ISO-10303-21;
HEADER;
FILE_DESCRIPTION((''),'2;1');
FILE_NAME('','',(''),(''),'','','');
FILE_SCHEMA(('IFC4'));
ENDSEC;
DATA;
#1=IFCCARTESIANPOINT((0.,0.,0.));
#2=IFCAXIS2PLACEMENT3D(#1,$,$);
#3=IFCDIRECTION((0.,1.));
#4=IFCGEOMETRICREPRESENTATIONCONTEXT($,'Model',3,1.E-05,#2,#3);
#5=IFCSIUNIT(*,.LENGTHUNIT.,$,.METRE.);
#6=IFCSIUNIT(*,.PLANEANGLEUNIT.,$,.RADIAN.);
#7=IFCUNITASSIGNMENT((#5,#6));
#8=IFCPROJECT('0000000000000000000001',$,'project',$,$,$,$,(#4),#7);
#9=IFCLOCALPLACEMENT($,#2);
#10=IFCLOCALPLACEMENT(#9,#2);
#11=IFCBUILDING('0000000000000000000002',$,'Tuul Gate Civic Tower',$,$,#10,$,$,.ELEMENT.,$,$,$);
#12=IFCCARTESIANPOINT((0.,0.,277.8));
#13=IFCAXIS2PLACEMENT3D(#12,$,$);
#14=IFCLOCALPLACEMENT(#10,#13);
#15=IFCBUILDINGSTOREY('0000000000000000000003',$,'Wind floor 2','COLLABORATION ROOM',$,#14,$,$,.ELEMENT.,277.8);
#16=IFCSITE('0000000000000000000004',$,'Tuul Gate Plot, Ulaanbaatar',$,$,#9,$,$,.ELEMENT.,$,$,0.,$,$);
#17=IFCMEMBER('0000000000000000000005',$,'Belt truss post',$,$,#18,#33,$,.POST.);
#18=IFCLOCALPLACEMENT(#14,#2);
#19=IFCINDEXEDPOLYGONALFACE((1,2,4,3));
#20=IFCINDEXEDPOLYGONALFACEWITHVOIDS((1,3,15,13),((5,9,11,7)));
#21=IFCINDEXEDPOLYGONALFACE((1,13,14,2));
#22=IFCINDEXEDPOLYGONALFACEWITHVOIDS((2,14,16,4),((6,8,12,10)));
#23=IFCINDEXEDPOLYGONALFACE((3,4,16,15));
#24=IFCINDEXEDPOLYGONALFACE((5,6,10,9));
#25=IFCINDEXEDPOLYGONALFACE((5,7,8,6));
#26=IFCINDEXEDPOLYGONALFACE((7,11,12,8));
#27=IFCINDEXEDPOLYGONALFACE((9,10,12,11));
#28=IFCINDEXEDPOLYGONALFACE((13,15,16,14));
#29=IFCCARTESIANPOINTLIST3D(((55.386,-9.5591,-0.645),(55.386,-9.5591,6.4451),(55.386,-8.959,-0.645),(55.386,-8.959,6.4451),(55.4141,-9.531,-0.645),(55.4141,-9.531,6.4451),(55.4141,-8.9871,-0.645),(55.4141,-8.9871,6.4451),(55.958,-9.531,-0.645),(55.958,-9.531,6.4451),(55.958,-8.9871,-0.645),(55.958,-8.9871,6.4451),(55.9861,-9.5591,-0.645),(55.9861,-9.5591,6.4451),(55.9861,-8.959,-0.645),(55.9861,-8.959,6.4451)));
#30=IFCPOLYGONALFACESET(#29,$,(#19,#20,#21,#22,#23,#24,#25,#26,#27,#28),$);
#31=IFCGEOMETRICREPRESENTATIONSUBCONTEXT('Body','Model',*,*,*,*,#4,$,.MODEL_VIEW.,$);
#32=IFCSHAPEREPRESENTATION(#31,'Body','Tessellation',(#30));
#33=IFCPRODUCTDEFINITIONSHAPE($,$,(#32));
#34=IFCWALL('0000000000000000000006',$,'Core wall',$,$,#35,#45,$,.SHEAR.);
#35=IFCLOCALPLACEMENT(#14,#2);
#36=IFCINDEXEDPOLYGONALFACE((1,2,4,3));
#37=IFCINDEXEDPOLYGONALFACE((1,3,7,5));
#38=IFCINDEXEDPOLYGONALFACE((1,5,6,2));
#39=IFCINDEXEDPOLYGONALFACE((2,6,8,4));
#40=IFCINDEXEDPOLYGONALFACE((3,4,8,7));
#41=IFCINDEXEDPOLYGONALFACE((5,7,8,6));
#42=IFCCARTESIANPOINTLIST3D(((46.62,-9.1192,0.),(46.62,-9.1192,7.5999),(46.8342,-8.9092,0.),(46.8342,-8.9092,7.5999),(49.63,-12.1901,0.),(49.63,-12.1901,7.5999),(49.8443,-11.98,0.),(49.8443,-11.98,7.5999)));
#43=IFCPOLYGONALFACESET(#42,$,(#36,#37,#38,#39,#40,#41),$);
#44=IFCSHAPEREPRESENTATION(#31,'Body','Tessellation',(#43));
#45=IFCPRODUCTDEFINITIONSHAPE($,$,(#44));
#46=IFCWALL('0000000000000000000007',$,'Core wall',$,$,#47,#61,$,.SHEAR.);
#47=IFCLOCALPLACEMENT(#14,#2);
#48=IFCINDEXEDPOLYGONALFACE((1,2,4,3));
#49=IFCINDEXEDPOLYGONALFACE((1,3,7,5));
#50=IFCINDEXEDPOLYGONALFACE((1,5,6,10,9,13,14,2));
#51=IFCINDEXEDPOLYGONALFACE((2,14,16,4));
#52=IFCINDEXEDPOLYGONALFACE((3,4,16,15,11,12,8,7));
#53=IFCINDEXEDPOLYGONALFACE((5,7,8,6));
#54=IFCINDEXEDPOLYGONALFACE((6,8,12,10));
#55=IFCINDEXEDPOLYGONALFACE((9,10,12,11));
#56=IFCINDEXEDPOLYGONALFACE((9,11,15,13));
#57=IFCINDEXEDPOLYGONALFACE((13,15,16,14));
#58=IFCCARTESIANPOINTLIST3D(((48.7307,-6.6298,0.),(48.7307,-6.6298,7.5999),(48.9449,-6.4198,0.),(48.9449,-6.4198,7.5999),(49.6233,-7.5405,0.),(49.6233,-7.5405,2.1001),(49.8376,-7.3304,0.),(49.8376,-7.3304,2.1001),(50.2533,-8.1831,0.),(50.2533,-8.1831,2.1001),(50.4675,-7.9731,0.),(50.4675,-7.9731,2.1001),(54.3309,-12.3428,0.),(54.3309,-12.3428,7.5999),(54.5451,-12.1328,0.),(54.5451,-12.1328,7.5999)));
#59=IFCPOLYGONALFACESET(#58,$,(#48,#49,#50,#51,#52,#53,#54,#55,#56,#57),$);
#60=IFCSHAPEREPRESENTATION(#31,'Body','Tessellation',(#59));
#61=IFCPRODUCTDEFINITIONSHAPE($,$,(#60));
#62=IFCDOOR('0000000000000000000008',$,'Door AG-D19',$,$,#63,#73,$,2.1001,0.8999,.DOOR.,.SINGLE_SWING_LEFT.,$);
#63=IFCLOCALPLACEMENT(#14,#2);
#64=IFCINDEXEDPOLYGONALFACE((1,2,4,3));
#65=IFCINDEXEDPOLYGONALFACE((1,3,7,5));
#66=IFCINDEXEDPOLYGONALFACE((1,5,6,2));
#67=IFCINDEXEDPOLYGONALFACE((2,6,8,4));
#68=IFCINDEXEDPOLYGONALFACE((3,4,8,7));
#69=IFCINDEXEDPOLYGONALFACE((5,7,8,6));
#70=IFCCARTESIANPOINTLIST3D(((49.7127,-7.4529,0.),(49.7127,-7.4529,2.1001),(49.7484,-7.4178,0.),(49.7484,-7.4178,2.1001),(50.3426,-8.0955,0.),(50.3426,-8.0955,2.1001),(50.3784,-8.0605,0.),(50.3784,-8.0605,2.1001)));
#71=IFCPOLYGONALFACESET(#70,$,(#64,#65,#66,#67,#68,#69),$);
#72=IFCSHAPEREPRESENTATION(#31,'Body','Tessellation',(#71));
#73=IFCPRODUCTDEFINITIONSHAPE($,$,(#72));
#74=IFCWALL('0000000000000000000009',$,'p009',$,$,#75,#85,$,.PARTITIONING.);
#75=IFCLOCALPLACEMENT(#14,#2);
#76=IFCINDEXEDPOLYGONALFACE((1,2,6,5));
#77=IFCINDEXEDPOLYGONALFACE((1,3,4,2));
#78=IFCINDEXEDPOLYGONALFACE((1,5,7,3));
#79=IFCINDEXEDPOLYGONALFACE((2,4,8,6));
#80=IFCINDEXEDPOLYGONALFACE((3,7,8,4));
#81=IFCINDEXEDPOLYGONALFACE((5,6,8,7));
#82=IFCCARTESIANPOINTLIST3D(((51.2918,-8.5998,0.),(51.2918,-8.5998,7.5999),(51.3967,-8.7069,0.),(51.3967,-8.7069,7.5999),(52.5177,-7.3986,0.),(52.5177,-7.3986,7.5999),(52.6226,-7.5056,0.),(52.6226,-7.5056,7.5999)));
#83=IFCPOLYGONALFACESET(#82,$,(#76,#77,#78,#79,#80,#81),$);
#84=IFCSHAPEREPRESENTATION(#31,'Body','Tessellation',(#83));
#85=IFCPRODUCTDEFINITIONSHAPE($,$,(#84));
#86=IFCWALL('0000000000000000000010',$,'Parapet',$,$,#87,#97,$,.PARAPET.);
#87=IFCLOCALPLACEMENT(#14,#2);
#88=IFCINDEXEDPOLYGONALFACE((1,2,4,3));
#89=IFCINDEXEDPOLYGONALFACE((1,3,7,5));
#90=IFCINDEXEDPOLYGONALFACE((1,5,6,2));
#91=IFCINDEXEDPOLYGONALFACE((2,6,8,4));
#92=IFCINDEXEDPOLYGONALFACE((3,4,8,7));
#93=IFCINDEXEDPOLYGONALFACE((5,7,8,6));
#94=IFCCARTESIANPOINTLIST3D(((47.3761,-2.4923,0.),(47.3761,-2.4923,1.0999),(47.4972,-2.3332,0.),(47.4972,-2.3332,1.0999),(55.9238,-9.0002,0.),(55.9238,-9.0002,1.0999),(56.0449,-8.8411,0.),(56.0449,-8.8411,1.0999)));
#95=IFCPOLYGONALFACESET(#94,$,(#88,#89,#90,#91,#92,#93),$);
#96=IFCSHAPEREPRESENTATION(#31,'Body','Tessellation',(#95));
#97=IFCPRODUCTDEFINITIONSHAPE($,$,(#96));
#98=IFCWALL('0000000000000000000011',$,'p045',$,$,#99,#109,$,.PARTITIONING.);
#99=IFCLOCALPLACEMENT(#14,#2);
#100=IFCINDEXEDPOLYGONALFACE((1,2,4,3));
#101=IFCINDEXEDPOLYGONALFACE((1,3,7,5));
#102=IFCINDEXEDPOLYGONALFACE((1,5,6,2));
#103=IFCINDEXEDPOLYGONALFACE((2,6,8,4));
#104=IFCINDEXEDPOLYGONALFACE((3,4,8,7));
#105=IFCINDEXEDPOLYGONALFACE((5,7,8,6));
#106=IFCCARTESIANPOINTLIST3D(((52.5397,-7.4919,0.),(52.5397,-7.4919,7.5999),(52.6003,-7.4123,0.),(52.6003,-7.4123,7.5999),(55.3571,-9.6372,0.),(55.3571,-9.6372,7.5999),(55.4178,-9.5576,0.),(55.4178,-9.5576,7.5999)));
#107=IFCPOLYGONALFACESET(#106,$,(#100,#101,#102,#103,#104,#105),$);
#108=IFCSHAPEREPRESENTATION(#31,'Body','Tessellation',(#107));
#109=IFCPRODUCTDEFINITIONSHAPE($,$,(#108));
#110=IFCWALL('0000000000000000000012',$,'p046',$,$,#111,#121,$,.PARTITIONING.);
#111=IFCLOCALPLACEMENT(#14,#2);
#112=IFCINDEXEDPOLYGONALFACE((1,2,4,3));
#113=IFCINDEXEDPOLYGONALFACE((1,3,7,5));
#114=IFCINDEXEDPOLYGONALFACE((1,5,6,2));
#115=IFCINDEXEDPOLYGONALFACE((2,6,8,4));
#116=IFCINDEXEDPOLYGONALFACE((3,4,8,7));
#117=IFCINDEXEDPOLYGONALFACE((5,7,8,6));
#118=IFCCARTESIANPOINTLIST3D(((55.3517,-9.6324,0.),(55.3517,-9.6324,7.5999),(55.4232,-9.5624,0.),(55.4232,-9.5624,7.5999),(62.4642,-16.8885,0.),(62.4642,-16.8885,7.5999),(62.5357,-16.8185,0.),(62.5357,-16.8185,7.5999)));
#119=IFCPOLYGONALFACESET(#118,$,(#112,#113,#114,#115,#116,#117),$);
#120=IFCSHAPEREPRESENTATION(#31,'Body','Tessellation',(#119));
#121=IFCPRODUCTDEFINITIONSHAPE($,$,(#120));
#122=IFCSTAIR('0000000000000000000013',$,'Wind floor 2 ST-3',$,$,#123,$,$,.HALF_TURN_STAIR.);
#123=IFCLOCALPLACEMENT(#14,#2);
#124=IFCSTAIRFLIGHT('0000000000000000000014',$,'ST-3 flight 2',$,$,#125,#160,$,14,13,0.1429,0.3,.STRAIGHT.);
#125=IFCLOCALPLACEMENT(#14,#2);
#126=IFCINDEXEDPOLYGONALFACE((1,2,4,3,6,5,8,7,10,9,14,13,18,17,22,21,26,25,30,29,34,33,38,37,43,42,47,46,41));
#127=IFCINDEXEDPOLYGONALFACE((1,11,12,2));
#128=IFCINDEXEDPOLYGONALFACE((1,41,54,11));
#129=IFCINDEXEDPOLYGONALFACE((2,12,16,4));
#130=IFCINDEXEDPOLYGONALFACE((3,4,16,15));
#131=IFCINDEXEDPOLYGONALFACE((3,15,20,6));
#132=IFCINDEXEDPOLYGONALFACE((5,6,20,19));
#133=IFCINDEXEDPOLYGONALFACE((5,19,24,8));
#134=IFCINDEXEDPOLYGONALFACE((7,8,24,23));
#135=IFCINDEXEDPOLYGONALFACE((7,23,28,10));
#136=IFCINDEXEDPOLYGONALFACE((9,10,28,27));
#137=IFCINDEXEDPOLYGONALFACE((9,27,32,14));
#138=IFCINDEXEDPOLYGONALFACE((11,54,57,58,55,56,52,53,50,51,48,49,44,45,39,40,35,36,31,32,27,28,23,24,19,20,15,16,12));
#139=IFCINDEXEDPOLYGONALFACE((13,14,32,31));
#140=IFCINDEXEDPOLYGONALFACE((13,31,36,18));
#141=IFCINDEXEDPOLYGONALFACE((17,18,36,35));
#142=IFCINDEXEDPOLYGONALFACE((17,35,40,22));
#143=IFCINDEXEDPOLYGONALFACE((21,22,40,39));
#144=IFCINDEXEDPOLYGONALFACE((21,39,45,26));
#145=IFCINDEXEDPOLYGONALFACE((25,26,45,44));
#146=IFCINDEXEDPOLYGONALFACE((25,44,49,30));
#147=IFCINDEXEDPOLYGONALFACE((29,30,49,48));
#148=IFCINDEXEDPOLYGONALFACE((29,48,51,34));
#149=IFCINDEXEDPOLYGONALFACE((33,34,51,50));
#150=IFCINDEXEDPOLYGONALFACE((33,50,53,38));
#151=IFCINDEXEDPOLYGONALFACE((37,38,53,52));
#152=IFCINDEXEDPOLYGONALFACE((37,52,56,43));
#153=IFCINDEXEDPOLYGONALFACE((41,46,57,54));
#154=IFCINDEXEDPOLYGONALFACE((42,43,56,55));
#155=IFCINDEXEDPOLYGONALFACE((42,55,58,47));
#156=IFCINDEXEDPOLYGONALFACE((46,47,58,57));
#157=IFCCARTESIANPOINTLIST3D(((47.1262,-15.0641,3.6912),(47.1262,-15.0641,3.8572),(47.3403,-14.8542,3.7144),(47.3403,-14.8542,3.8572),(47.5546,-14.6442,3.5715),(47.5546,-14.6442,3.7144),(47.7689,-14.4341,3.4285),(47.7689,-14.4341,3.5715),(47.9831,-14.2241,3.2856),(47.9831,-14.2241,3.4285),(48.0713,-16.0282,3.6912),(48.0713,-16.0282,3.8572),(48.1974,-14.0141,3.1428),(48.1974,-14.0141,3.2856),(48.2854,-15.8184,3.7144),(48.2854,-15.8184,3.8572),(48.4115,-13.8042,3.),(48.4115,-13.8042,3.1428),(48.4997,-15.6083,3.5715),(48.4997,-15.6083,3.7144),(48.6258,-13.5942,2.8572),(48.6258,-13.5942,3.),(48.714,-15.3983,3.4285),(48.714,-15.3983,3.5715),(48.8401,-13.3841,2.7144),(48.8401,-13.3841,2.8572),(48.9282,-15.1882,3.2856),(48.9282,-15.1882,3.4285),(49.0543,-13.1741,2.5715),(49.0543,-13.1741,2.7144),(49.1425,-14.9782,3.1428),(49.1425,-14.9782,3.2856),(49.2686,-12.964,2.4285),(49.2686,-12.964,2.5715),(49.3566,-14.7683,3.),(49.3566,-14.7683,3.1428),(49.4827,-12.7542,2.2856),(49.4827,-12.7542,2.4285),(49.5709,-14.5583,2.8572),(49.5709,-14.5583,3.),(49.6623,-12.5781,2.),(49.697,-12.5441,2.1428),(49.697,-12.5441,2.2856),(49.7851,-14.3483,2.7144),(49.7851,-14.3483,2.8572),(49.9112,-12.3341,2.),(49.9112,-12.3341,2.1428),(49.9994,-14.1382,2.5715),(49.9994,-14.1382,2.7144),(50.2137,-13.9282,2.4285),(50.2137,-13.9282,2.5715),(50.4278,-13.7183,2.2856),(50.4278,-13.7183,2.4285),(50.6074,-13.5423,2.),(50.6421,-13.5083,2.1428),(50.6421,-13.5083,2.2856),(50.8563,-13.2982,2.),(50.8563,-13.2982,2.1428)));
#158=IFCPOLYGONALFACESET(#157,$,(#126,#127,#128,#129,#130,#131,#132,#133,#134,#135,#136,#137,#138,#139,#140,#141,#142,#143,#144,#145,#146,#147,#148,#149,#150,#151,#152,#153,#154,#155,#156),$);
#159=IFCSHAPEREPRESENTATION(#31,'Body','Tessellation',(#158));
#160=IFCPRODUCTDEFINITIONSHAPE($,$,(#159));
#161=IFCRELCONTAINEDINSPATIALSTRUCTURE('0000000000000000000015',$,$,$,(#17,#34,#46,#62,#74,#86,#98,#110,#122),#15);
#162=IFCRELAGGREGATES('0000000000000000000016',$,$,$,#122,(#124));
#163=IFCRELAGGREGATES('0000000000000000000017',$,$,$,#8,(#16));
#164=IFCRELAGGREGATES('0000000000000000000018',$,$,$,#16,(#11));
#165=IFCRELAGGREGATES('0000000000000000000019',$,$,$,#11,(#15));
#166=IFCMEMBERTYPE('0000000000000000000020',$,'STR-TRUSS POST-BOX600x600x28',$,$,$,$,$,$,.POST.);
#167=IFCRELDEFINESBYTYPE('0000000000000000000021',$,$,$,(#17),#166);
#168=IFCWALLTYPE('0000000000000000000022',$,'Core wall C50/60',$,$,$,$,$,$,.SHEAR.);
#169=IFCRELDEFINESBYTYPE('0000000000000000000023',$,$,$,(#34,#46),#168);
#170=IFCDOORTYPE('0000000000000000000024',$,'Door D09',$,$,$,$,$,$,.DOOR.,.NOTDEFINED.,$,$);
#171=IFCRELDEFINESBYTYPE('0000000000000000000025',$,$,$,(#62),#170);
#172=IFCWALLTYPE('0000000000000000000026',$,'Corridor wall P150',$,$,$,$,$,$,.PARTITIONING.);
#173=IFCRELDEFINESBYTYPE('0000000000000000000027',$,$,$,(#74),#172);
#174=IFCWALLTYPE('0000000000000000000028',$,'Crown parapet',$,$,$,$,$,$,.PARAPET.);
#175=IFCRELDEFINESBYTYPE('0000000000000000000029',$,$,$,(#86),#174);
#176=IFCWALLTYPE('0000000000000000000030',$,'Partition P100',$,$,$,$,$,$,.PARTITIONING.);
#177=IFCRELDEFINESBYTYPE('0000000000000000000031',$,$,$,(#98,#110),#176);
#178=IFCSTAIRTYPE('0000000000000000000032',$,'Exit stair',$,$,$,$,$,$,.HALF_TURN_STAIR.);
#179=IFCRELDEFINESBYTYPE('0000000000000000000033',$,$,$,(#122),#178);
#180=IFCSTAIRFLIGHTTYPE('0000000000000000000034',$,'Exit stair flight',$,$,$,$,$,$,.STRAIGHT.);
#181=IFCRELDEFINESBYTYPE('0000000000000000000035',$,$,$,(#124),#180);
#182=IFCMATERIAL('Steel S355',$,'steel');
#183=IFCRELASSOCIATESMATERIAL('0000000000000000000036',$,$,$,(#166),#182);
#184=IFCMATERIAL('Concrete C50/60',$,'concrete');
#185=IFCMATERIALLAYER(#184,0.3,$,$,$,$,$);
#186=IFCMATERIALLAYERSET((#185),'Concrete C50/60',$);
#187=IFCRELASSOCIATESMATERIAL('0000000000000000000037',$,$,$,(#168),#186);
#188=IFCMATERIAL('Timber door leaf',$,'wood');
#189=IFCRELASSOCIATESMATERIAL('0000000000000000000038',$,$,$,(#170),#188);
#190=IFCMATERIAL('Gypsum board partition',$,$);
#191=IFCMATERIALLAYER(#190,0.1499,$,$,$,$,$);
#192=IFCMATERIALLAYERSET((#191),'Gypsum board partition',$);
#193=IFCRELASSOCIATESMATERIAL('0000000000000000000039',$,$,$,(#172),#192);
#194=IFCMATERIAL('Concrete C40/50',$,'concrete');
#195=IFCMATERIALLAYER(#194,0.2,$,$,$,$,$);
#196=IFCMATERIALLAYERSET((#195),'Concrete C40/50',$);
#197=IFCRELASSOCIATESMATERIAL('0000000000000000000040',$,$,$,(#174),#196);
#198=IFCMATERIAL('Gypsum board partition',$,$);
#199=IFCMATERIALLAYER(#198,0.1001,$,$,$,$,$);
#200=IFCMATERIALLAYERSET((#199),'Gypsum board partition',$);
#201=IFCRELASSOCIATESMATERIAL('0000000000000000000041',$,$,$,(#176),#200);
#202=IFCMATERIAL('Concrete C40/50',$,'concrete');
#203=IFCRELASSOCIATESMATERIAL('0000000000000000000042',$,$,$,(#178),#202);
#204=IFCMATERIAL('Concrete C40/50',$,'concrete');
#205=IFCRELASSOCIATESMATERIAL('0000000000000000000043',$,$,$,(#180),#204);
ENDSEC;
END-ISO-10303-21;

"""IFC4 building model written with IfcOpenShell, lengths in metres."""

from ifc_helpers import new_model, si_unit, direction, frame, frame_2d, origin, origin_2d, place, context, subcontext, project, spatial, polyline, rectangle, hollow_rectangle, outline, extrude, material, layer, layer_set, material_profile, profile_set, type_object, element, fill, aggregate, save


model = new_model("IFC4")

# Units and contexts
model_context = context("Model", 3, precision=1e-05, world=origin(), true_north=direction((0.0, 1.0)))
body_context = subcontext(model_context, "Body", "Model", "MODEL_VIEW")
ifc_project = project(units=[si_unit("LENGTHUNIT", "METRE"), si_unit("PLANEANGLEUNIT", "RADIAN")], contexts=[model_context])

# Site, building, storey
site_placement = place(None, origin())
site = spatial("IfcSite", under=ifc_project, at=site_placement, Name="Tuul Gate Plot, Ulaanbaatar", CompositionType="ELEMENT", RefElevation=0.0)
building_placement = place(site_placement, origin())
building = spatial("IfcBuilding", under=site, at=building_placement, Name="Tuul Gate Civic Tower", CompositionType="ELEMENT")
storey_placement = place(building_placement, frame((0.0, 0.0, 277.8)))
storey = spatial("IfcBuildingStorey", under=building, at=storey_placement, Name="Wind floor 2", Description="COLLABORATION ROOM", CompositionType="ELEMENT", Elevation=277.8)

# Member
ifc_material_1 = material(Name="Steel S355", Category="steel")
ifc_material_profile_1 = material_profile(ifc_material_1, hollow_rectangle(XDim=0.6001, YDim=0.6001, WallThickness=0.0281, at=origin_2d()), Name="BOX600x600x28")
ifc_profile_set_1 = profile_set([ifc_material_profile_1], Name="Steel S355")
member_type_1 = type_object("IfcMemberType", Name="STR-TRUSS POST-BOX600x600x28", PredefinedType="POST", material=ifc_profile_set_1)
member_1_placement = place(storey_placement, frame((55.686, -9.259, -0.645), z_axis=(0.0, 0.0, 1.0), x_axis=(1.0, 0.0, 0.0)))
element("IfcMember", 1, at=member_1_placement, inside=storey, type_object=member_type_1, Name="Belt truss post", PredefinedType="POST", context=body_context, shape_type="SweptSolid", body=[
    extrude(hollow_rectangle(XDim=0.6001, YDim=0.6001, WallThickness=0.0281, at=origin_2d()), origin(), (0.0, 0.0, 1.0), 7.0901),
])

# Wall
ifc_material_2 = material(Name="Concrete C50/60", Category="concrete")
ifc_layer_1 = layer(ifc_material_2, 0.3)
ifc_layer_set_1 = layer_set([ifc_layer_1], Name="Concrete C50/60")
wall_type_1 = type_object("IfcWallType", Name="Core wall C50/60", PredefinedType="SHEAR", material=ifc_layer_set_1)
wall_1_placement = place(storey_placement, frame((49.7371, -12.085, 0.0), z_axis=(0.0, 0.0, 1.0), x_axis=(-0.700003, 0.71414, 0.0)))
element("IfcWall", 2, at=wall_1_placement, inside=storey, type_object=wall_type_1, Name="Core wall", PredefinedType="SHEAR", context=body_context, shape_type="SweptSolid", body=[
    extrude(rectangle(XDim=4.3, YDim=0.3, at=frame_2d((2.1499, 0.0))), origin(), (0.0, 0.0, 1.0), 7.5999),
])

# Wall, opening, door
wall_2_placement = place(storey_placement, frame((54.438, -12.2378, 0.0), z_axis=(0.0, 0.0, 1.0), x_axis=(-0.700022, 0.714121, 0.0)))
wall_2 = element("IfcWall", 3, at=wall_2_placement, inside=storey, type_object=wall_type_1, Name="Core wall", PredefinedType="SHEAR", context=body_context, shape_type="SweptSolid", body=[
    extrude(rectangle(XDim=8.0, YDim=0.3, at=frame_2d((4.0, 0.0))), origin(), (0.0, 0.0, 1.0), 7.5999),
])
opening_placement = place(wall_2_placement, frame((5.825, 0.0, 0.0)))
opening = element("IfcOpeningElement", 4, at=opening_placement, cuts=wall_2, PredefinedType="OPENING", context=body_context, shape_type="SweptSolid", body=[
    extrude(rectangle(XDim=0.8999, YDim=2.1001, at=frame_2d((0.45, 1.05))), frame((0.0, 0.1602, 0.0), z_axis=(0.0, -1.0, 0.0), x_axis=(1.0, 0.0, 0.0)), (0.0, 0.0, 1.0), 0.3201),
])
ifc_material_3 = material(Name="Timber door leaf", Category="wood")
door_type = type_object("IfcDoorType", Name="Door D09", OperationType="NOTDEFINED", PredefinedType="DOOR", material=ifc_material_3)
door_placement = place(opening_placement, origin())
door = element("IfcDoor", 5, at=door_placement, inside=storey, type_object=door_type, Name="Door AG-D19", OperationType="SINGLE_SWING_LEFT", OverallHeight=2.1001, OverallWidth=0.8999, PredefinedType="DOOR", context=body_context, shape_type="SweptSolid", body=[
    extrude(rectangle(XDim=0.8999, YDim=2.1001, at=frame_2d((0.45, 1.05))), frame((0.0, 0.0249, 0.0), z_axis=(0.0, -1.0, 0.0), x_axis=(1.0, 0.0, 0.0)), (0.0, 0.0, 1.0), 0.05),
])
fill(opening, door)

# Walls
ifc_material_4 = material(Name="Gypsum board partition")
ifc_layer_2 = layer(ifc_material_4, 0.1499)
ifc_layer_set_2 = layer_set([ifc_layer_2], Name="Gypsum board partition")
wall_type_2 = type_object("IfcWallType", Name="Corridor wall P150", PredefinedType="PARTITIONING", material=ifc_layer_set_2)
wall_3_placement = place(storey_placement, frame((51.3442, -8.6533, 0.0), z_axis=(0.0, 0.0, 1.0), x_axis=(0.714254, 0.699886, 0.0)))
element("IfcWall", 6, at=wall_3_placement, inside=storey, type_object=wall_type_2, Name="p009", PredefinedType="PARTITIONING", context=body_context, shape_type="SweptSolid", body=[
    extrude(rectangle(XDim=1.7163, YDim=0.1499, at=frame_2d((0.8582, 0.0))), origin(), (0.0, 0.0, 1.0), 7.5999),
])
ifc_material_5 = material(Name="Concrete C40/50", Category="concrete")
ifc_layer_3 = layer(ifc_material_5, 0.2)
ifc_layer_set_3 = layer_set([ifc_layer_3], Name="Concrete C40/50")
wall_type_3 = type_object("IfcWallType", Name="Crown parapet", PredefinedType="PARAPET", material=ifc_layer_set_3)
wall_4_placement = place(storey_placement, frame((55.9844, -8.9207, 0.0), z_axis=(0.0, 0.0, 1.0), x_axis=(-0.79564, 0.605769, 0.0)))
element("IfcWall", 7, at=wall_4_placement, inside=storey, type_object=wall_type_3, Name="Parapet", PredefinedType="PARAPET", context=body_context, shape_type="SweptSolid", body=[
    extrude(rectangle(XDim=10.7432, YDim=0.2, at=frame_2d((5.3716, 0.0))), origin(), (0.0, 0.0, 1.0), 1.0999),
])
ifc_material_6 = material(Name="Gypsum board partition")
ifc_layer_4 = layer(ifc_material_6, 0.1001)
ifc_layer_set_4 = layer_set([ifc_layer_4], Name="Gypsum board partition")
wall_type_4 = type_object("IfcWallType", Name="Partition P100", PredefinedType="PARTITIONING", material=ifc_layer_set_4)
wall_5_placement = place(storey_placement, frame((52.5701, -7.4521, 0.0), z_axis=(0.0, 0.0, 1.0), x_axis=(0.795611, -0.605808, 0.0)))
element("IfcWall", 8, at=wall_5_placement, inside=storey, type_object=wall_type_4, Name="p045", PredefinedType="PARTITIONING", context=body_context, shape_type="SweptSolid", body=[
    extrude(rectangle(XDim=3.5413, YDim=0.1001, at=frame_2d((1.7705, 0.0))), origin(), (0.0, 0.0, 1.0), 7.5999),
])
wall_6_placement = place(storey_placement, frame((55.3875, -9.5974, 0.0), z_axis=(0.0, 0.0, 1.0), x_axis=(0.700007, -0.714136, 0.0)))
element("IfcWall", 9, at=wall_6_placement, inside=storey, type_object=wall_type_4, Name="p046", PredefinedType="PARTITIONING", context=body_context, shape_type="SweptSolid", body=[
    extrude(rectangle(XDim=10.1606, YDim=0.1001, at=frame_2d((5.0803, 0.0))), origin(), (0.0, 0.0, 1.0), 7.5999),
])

# Stair, stair flight
ifc_material_7 = material(Name="Concrete C40/50", Category="concrete")
stair_type = type_object("IfcStairType", Name="Exit stair", PredefinedType="HALF_TURN_STAIR", material=ifc_material_7)
stair_placement = place(storey_placement, origin())
stair = element("IfcStair", 10, at=stair_placement, inside=storey, type_object=stair_type, Name="Wind floor 2 ST-3", PredefinedType="HALF_TURN_STAIR")
ifc_material_8 = material(Name="Concrete C40/50", Category="concrete")
stair_flight_type = type_object("IfcStairFlightType", Name="Exit stair flight", PredefinedType="STRAIGHT", material=ifc_material_8)
stair_flight_1_placement = place(storey_placement, frame((50.3838, -12.8162, 2.0), z_axis=(0.0, 0.0, 1.0), x_axis=(-0.714127, -0.700016, 0.0)))
stair_flight_1 = element("IfcStairFlight", 11, at=stair_flight_1_placement, type_object=stair_flight_type, Name="ST-3 flight 2", NumberOfRisers=14, NumberOfTreads=13, PredefinedType="STRAIGHT", RiserHeight=0.1429, TreadLength=0.3, context=body_context, shape_type="SweptSolid", body=[
    extrude(outline(polyline([(0.0, 0.0), (0.0, 0.1428), (0.3, 0.1428), (0.3, 0.2856), (0.6001, 0.2856), (0.6001, 0.4285), (0.8999, 0.4285), (0.8999, 0.5715), (1.2, 0.5715), (1.2, 0.7144), (1.5, 0.7144), (1.5, 0.8572), (1.8, 0.8572), (1.8, 1.0), (2.1001, 1.0), (2.1001, 1.1428), (2.3999, 1.1428), (2.3999, 1.2856), (2.7, 1.2856), (2.7, 1.4285), (3.0, 1.4285), (3.0, 1.5715), (3.3, 1.5715), (3.3, 1.7144), (3.6001, 1.7144), (3.6001, 1.8572), (3.8999, 1.8572), (3.8999, 2.0), (3.8999, 1.6912), (0.3486, 0.0), (0.0, 0.0)])), frame((0.0, 0.675, 0.0), z_axis=(0.0, -1.0, 0.0), x_axis=(1.0, 0.0, 0.0)), (0.0, 0.0, 1.0), 1.3501),
])
aggregate(stair, [stair_flight_1])

save(model, "model.ifc")
